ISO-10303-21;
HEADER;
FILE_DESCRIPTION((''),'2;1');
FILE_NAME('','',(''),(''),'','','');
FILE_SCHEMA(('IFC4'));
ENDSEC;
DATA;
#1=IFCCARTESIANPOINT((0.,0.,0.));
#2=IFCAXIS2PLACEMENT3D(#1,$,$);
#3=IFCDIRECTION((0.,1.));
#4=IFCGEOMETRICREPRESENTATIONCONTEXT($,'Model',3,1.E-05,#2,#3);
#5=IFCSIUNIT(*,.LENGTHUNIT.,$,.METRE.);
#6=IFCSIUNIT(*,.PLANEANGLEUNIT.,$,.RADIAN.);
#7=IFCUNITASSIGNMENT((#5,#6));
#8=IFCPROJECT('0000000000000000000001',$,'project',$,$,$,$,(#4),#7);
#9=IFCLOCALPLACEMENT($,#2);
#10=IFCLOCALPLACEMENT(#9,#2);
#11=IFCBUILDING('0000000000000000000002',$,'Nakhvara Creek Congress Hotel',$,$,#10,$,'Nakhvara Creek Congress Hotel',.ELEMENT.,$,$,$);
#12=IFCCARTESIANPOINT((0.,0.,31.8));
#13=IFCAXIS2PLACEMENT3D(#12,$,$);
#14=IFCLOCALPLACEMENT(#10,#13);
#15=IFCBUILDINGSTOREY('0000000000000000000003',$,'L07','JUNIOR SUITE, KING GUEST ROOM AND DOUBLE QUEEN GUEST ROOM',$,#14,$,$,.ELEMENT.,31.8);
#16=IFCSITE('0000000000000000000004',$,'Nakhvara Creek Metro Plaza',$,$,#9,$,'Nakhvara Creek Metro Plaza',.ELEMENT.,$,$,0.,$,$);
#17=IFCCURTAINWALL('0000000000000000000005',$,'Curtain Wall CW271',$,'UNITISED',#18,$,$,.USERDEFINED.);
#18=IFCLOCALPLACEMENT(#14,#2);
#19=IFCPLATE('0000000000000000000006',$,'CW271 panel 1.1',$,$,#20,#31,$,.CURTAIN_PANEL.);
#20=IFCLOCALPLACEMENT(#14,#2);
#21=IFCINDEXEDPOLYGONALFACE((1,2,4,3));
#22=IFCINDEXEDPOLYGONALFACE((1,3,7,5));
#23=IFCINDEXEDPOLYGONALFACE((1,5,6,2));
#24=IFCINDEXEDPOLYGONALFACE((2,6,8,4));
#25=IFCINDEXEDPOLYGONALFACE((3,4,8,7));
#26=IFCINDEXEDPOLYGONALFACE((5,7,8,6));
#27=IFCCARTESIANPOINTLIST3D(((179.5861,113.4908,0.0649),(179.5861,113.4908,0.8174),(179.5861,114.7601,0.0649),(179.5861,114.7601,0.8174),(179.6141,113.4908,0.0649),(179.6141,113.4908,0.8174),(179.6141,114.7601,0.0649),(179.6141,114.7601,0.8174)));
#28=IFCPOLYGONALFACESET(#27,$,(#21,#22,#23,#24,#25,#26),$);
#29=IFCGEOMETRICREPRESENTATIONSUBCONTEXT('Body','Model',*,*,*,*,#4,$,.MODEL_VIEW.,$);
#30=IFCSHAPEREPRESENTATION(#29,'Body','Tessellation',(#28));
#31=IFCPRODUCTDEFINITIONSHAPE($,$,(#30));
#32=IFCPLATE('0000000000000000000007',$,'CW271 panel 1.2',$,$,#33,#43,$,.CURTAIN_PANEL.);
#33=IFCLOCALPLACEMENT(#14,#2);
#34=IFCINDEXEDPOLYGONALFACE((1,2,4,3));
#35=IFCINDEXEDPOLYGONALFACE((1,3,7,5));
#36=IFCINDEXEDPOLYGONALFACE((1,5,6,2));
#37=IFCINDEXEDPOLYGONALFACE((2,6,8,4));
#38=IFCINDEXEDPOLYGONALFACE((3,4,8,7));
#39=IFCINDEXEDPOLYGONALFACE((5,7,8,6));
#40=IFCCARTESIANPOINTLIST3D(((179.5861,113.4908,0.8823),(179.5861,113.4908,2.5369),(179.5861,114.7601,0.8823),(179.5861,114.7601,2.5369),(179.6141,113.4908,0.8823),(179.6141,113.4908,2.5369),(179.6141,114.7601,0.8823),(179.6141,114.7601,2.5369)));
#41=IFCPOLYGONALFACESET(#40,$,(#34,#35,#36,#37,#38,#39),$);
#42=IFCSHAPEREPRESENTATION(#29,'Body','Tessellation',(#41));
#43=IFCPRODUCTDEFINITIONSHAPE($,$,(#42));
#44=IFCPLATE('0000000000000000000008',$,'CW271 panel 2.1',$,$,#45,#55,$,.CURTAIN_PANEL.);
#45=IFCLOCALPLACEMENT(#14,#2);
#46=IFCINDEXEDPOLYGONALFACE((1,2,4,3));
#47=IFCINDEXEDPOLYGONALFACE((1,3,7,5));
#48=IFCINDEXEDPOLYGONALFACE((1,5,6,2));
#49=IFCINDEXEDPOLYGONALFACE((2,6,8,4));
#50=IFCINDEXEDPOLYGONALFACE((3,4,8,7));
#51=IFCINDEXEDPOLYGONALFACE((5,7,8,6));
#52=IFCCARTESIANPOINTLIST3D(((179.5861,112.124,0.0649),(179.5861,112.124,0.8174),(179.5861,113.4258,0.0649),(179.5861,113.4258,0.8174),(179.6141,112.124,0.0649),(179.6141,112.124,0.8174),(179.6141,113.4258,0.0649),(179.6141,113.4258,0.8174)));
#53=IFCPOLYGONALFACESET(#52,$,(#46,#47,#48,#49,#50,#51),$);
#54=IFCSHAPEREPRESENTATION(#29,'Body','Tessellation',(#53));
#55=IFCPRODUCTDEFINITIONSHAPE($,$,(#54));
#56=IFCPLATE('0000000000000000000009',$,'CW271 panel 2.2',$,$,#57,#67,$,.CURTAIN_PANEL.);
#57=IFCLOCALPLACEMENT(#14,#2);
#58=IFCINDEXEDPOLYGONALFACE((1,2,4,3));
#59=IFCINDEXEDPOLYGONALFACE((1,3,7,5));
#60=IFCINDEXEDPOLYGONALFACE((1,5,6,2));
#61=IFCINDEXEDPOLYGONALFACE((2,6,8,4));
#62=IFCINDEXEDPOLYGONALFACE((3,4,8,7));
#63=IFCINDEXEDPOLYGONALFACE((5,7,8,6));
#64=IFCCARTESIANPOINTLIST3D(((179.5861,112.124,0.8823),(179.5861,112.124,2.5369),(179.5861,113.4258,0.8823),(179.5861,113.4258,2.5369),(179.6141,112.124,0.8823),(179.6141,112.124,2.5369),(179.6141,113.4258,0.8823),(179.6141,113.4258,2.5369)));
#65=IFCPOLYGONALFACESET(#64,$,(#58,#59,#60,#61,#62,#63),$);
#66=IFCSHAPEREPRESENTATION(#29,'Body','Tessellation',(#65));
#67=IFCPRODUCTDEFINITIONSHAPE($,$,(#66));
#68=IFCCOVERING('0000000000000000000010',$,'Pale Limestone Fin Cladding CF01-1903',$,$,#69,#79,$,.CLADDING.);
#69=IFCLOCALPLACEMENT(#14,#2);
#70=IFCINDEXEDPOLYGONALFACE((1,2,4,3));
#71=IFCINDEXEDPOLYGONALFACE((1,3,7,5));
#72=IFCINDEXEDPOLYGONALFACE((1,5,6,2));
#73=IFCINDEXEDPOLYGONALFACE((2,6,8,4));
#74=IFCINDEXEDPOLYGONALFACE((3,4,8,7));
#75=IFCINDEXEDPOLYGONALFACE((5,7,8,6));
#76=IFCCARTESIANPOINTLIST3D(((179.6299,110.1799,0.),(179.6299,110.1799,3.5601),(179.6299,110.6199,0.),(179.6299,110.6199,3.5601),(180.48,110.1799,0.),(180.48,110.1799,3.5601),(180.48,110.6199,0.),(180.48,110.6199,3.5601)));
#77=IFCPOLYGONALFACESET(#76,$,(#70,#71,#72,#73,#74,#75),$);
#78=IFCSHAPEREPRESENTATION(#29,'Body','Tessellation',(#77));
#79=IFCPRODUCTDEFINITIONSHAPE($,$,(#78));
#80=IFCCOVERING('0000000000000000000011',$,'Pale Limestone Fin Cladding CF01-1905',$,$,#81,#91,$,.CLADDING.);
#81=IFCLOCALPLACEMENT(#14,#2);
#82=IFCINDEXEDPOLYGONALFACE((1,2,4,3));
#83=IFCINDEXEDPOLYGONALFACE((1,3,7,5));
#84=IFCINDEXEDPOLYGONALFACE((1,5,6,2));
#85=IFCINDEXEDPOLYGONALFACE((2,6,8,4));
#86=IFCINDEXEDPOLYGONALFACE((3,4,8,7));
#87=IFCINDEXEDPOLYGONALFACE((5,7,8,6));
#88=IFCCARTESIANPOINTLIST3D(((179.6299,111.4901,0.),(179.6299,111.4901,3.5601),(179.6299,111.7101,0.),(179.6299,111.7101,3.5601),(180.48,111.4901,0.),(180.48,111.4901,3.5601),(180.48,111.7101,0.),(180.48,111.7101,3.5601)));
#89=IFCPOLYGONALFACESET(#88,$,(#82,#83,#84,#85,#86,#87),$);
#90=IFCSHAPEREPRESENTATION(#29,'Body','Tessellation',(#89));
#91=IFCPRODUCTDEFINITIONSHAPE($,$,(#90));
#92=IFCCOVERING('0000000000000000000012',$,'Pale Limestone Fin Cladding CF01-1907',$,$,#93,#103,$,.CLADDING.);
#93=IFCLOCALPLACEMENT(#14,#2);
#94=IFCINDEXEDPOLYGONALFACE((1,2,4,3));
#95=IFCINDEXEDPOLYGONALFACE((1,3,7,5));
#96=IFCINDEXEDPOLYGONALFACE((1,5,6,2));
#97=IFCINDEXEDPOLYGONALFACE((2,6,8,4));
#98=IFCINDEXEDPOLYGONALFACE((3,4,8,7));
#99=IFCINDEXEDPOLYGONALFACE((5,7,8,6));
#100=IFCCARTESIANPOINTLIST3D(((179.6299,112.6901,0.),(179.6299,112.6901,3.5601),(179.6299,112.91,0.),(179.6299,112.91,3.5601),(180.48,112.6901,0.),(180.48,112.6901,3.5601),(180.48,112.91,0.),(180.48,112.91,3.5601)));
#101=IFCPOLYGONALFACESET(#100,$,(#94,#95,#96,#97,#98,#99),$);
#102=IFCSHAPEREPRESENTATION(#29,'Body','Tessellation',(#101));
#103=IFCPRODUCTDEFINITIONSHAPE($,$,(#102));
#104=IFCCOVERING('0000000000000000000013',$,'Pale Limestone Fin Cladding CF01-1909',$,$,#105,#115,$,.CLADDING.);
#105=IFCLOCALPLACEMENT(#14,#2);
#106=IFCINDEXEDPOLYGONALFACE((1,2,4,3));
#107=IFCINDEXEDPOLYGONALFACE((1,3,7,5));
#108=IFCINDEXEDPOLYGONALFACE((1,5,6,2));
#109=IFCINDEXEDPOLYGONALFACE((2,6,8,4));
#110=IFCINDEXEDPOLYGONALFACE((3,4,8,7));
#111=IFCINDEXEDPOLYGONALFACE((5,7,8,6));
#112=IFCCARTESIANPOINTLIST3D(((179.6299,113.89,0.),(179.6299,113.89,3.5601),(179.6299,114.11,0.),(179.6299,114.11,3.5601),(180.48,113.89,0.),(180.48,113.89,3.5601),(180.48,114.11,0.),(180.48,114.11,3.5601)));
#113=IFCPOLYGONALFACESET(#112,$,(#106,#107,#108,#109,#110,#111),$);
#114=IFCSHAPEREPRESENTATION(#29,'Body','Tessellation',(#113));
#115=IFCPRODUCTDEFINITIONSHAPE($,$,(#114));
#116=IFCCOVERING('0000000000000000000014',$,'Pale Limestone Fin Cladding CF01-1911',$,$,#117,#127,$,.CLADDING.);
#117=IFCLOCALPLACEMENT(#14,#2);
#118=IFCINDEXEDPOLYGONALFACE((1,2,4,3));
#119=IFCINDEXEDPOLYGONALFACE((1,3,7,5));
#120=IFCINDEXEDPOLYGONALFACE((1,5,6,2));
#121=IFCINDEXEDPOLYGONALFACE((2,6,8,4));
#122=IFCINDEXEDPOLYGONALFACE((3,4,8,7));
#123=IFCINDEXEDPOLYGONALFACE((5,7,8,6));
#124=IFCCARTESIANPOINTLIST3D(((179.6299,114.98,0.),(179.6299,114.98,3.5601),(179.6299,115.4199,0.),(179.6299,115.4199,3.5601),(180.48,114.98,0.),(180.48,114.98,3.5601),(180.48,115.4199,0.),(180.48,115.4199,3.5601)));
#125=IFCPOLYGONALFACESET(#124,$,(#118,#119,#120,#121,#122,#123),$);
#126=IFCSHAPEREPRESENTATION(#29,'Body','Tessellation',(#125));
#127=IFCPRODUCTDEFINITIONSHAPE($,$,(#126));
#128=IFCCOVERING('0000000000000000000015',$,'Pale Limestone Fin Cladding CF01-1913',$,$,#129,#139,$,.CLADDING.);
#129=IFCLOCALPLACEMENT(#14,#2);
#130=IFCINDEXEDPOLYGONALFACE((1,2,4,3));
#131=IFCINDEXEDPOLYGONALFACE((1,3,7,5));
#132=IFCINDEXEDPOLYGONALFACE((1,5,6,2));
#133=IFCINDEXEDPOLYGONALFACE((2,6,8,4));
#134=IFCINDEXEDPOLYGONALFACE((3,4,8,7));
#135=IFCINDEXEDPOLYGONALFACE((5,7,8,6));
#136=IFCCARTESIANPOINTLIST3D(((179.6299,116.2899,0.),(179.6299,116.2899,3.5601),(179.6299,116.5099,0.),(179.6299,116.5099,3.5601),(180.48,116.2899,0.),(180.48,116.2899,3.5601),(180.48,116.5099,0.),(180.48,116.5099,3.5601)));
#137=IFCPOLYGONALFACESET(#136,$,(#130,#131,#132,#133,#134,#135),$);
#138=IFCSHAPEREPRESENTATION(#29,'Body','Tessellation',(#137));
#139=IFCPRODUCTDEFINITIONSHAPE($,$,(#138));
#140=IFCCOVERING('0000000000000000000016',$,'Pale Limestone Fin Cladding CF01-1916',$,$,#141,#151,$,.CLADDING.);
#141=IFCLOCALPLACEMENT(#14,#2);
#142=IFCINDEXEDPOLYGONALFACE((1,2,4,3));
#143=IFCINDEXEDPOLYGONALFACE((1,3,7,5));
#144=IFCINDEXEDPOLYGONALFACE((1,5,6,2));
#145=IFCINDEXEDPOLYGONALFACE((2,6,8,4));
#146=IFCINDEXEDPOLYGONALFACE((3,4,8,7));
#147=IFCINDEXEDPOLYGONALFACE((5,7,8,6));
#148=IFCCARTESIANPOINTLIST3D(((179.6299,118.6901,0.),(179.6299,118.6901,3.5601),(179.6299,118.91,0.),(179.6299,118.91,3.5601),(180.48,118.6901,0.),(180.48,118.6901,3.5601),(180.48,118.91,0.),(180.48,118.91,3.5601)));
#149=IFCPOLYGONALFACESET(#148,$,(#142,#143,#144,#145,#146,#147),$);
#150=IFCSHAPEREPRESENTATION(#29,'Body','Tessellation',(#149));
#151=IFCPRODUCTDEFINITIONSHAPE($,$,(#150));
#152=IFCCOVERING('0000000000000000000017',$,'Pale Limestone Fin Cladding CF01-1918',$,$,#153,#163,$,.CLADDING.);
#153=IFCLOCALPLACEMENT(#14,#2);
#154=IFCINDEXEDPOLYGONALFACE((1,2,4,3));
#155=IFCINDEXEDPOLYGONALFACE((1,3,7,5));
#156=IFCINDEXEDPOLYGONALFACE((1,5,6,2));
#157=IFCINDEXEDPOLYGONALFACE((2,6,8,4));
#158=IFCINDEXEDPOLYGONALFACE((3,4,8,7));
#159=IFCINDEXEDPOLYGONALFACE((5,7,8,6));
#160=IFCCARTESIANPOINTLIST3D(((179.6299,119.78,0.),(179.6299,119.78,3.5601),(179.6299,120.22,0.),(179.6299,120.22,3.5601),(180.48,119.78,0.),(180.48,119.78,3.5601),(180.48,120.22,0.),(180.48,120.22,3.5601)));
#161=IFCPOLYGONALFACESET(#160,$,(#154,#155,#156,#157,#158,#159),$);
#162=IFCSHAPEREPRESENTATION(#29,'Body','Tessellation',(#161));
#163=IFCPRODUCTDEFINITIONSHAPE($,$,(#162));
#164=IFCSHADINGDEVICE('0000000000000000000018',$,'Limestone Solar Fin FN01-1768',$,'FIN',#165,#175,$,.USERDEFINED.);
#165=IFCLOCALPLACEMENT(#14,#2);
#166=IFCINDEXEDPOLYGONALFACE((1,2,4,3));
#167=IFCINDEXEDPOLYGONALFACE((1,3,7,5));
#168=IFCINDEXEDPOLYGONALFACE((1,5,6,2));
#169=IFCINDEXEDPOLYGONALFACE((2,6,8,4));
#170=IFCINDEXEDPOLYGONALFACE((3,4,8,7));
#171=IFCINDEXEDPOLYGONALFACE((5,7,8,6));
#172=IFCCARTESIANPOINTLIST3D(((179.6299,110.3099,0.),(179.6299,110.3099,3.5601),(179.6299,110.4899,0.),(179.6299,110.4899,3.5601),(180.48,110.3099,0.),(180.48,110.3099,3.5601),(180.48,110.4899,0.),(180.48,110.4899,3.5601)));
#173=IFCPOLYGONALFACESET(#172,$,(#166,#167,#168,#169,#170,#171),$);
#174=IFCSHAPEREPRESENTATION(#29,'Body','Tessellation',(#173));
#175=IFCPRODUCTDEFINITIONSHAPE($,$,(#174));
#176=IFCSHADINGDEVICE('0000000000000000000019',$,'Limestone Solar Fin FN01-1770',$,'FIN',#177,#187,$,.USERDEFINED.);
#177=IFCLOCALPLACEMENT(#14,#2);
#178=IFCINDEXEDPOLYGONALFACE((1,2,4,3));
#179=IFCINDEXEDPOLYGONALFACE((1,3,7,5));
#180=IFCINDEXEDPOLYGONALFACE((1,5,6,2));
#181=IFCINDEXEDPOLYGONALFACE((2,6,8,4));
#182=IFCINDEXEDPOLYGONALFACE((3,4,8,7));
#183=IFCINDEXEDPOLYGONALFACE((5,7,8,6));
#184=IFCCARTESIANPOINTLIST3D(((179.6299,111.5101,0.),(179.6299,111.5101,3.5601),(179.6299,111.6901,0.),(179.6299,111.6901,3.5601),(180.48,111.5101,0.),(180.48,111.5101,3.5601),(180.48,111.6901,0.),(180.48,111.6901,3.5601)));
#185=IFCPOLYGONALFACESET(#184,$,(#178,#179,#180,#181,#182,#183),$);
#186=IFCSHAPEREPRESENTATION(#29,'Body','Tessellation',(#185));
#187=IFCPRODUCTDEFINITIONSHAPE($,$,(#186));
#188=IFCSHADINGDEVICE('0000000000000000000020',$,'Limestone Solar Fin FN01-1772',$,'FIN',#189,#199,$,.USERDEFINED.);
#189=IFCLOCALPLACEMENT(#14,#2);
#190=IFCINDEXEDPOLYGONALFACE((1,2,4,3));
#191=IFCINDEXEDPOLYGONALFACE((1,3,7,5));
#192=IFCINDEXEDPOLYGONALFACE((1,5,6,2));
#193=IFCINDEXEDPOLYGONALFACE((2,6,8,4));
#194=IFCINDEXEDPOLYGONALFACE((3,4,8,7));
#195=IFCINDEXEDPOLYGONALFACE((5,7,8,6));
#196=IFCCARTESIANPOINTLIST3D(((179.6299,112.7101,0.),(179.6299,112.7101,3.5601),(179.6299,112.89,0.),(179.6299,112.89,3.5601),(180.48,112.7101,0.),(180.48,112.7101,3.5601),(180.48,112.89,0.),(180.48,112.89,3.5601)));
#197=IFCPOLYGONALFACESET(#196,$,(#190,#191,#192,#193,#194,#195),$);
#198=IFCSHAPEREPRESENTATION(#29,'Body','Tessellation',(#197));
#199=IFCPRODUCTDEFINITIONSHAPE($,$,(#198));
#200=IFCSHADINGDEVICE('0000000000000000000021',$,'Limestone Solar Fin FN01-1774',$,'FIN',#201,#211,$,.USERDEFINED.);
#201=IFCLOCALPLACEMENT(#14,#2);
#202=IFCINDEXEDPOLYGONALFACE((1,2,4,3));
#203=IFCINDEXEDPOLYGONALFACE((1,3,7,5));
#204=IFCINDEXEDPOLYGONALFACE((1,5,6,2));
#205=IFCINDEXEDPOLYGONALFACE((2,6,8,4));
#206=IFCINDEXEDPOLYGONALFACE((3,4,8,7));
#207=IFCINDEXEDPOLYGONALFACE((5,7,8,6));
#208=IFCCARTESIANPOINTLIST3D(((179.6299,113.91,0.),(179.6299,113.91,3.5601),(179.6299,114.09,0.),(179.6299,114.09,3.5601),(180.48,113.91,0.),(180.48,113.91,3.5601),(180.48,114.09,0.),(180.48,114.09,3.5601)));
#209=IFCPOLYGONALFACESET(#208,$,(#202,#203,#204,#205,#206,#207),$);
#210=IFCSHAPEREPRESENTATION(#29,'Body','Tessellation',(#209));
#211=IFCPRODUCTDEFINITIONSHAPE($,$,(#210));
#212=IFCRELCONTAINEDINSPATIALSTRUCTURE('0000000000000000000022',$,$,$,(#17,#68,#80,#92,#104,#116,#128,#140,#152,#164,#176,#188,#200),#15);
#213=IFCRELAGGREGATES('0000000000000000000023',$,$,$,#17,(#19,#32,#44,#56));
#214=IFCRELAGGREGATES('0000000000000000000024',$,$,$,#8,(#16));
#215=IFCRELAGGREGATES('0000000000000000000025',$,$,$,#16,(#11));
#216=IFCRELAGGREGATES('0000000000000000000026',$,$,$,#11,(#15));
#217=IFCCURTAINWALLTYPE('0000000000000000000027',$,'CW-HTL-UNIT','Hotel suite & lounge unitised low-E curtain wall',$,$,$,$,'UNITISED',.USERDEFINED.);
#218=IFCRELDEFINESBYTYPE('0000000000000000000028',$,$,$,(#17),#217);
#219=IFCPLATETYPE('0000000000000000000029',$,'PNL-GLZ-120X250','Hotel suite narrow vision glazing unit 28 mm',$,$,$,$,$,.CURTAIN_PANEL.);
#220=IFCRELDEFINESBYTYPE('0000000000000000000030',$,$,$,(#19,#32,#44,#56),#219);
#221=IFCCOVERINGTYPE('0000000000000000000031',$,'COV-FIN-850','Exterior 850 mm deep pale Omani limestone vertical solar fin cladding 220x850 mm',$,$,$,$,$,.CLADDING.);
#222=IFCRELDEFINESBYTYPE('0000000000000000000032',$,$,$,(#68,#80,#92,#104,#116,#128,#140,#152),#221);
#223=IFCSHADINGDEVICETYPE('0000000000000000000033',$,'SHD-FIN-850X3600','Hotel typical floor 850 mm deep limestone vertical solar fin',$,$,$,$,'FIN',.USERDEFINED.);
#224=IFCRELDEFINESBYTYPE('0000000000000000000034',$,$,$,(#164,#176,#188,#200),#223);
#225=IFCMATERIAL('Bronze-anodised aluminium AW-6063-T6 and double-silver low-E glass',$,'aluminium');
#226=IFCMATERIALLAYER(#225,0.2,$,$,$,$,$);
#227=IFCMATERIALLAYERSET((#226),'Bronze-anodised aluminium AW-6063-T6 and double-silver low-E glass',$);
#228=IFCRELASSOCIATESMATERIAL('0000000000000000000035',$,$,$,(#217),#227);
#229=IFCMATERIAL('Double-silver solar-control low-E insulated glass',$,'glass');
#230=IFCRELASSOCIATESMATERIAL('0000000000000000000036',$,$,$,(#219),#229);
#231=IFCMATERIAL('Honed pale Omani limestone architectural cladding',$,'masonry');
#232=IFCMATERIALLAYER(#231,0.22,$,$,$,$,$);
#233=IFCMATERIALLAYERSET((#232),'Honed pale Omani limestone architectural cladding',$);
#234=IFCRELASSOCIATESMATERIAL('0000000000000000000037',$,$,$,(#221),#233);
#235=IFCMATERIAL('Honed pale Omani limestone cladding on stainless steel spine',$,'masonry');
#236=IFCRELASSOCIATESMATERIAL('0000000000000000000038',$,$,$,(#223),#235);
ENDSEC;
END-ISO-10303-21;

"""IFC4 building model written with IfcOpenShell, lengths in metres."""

from ifc_helpers import new_model, si_unit, direction, frame, origin, origin_2d, place, context, subcontext, project, spatial, rectangle, extrude, material, layer, layer_set, type_object, element, aggregate, save


model = new_model("IFC4")

# Units and contexts
model_context = context("Model", 3, precision=1e-05, world=origin(), true_north=direction((0.0, 1.0)))
body_context = subcontext(model_context, "Body", "Model", "MODEL_VIEW")
ifc_project = project(units=[si_unit("LENGTHUNIT", "METRE"), si_unit("PLANEANGLEUNIT", "RADIAN")], contexts=[model_context])

# Site, building, storey
site_placement = place(None, origin())
site = spatial("IfcSite", under=ifc_project, at=site_placement, Name="Nakhvara Creek Metro Plaza", LongName="Nakhvara Creek Metro Plaza", CompositionType="ELEMENT", RefElevation=0.0)
building_placement = place(site_placement, origin())
building = spatial("IfcBuilding", under=site, at=building_placement, Name="Nakhvara Creek Congress Hotel", LongName="Nakhvara Creek Congress Hotel", CompositionType="ELEMENT")
storey_placement = place(building_placement, frame((0.0, 0.0, 31.8)))
storey = spatial("IfcBuildingStorey", under=building, at=storey_placement, Name="L07", Description="JUNIOR SUITE, KING GUEST ROOM AND DOUBLE QUEEN GUEST ROOM", CompositionType="ELEMENT", Elevation=31.8)

# Curtain wall, plates
ifc_material_1 = material(Name="Bronze-anodised aluminium AW-6063-T6 and double-silver low-E glass", Category="aluminium")
ifc_layer_1 = layer(ifc_material_1, 0.2)
ifc_layer_set_1 = layer_set([ifc_layer_1], Name="Bronze-anodised aluminium AW-6063-T6 and double-silver low-E glass")
curtain_wall_type = type_object("IfcCurtainWallType", Name="CW-HTL-UNIT", Description="Hotel suite & lounge unitised low-E curtain wall", ElementType="UNITISED", PredefinedType="USERDEFINED", material=ifc_layer_set_1)
curtain_wall_placement = place(storey_placement, origin())
curtain_wall = element("IfcCurtainWall", 1, at=curtain_wall_placement, inside=storey, type_object=curtain_wall_type, Name="Curtain Wall CW271", ObjectType="UNITISED", PredefinedType="USERDEFINED")
ifc_material_2 = material(Name="Double-silver solar-control low-E insulated glass", Category="glass")
plate_type = type_object("IfcPlateType", Name="PNL-GLZ-120X250", Description="Hotel suite narrow vision glazing unit 28 mm", PredefinedType="CURTAIN_PANEL", material=ifc_material_2)
plate_1_placement = place(storey_placement, frame((179.6001, 114.1255, 0.0649), z_axis=(0.0, 0.0, 1.0), x_axis=(0.0, -1.0, 0.0)))
plate_1 = element("IfcPlate", 2, at=plate_1_placement, type_object=plate_type, Name="CW271 panel 1.1", PredefinedType="CURTAIN_PANEL", context=body_context, shape_type="SweptSolid", body=[
    extrude(rectangle(XDim=1.2693, YDim=0.0281, at=origin_2d()), origin(), (0.0, 0.0, 1.0), 0.7524),
])
plate_2_placement = place(storey_placement, frame((179.6001, 114.1255, 0.8823), z_axis=(0.0, 0.0, 1.0), x_axis=(0.0, -1.0, 0.0)))
plate_2 = element("IfcPlate", 3, at=plate_2_placement, type_object=plate_type, Name="CW271 panel 1.2", PredefinedType="CURTAIN_PANEL", context=body_context, shape_type="SweptSolid", body=[
    extrude(rectangle(XDim=1.2693, YDim=0.0281, at=origin_2d()), origin(), (0.0, 0.0, 1.0), 1.6545),
])
plate_3_placement = place(storey_placement, frame((179.6001, 112.7749, 0.0649), z_axis=(0.0, 0.0, 1.0), x_axis=(0.0, -1.0, 0.0)))
plate_3 = element("IfcPlate", 4, at=plate_3_placement, type_object=plate_type, Name="CW271 panel 2.1", PredefinedType="CURTAIN_PANEL", context=body_context, shape_type="SweptSolid", body=[
    extrude(rectangle(XDim=1.3018, YDim=0.0281, at=origin_2d()), origin(), (0.0, 0.0, 1.0), 0.7524),
])
plate_4_placement = place(storey_placement, frame((179.6001, 112.7749, 0.8823), z_axis=(0.0, 0.0, 1.0), x_axis=(0.0, -1.0, 0.0)))
plate_4 = element("IfcPlate", 5, at=plate_4_placement, type_object=plate_type, Name="CW271 panel 2.2", PredefinedType="CURTAIN_PANEL", context=body_context, shape_type="SweptSolid", body=[
    extrude(rectangle(XDim=1.3018, YDim=0.0281, at=origin_2d()), origin(), (0.0, 0.0, 1.0), 1.6545),
])
aggregate(curtain_wall, [plate_1, plate_2, plate_3, plate_4])

# Coverings
ifc_material_3 = material(Name="Honed pale Omani limestone architectural cladding", Category="masonry")
ifc_layer_2 = layer(ifc_material_3, 0.22)
ifc_layer_set_2 = layer_set([ifc_layer_2], Name="Honed pale Omani limestone architectural cladding")
covering_type = type_object("IfcCoveringType", Name="COV-FIN-850", Description="Exterior 850 mm deep pale Omani limestone vertical solar fin cladding 220x850 mm", PredefinedType="CLADDING", material=ifc_layer_set_2)
covering_1_placement = place(storey_placement, frame((180.0549, 110.3999, 0.0), z_axis=(0.0, 0.0, 1.0), x_axis=(0.0, 1.0, 0.0)))
element("IfcCovering", 6, at=covering_1_placement, inside=storey, type_object=covering_type, Name="Pale Limestone Fin Cladding CF01-1903", PredefinedType="CLADDING", context=body_context, shape_type="SweptSolid", body=[
    extrude(rectangle(XDim=0.4399, YDim=0.8501, at=origin_2d()), origin(), (0.0, 0.0, 1.0), 3.5601),
])
for number, where, z_axis, x_axis, name in (
    (7, (180.0549, 111.6001, 0.0), (0.0, 0.0, 1.0), (0.0, 1.0, 0.0), "Pale Limestone Fin Cladding CF01-1905"),
    (8, (180.0549, 112.8, 0.0), (0.0, 0.0, 1.0), (0.0, 1.0, 0.0), "Pale Limestone Fin Cladding CF01-1907"),
    (9, (180.0549, 114.0, 0.0), (0.0, 0.0, 1.0), (0.0, 1.0, 0.0), "Pale Limestone Fin Cladding CF01-1909"),
):
    element("IfcCovering", number, at=place(storey_placement, frame(where, z_axis=z_axis, x_axis=x_axis)), inside=storey, type_object=covering_type, Name=name, PredefinedType="CLADDING", context=body_context, shape_type="SweptSolid", body=[
        extrude(rectangle(XDim=0.22, YDim=0.8501, at=origin_2d()), origin(), (0.0, 0.0, 1.0), 3.5601),
    ])
covering_2_placement = place(storey_placement, frame((180.0549, 115.2, 0.0), z_axis=(0.0, 0.0, 1.0), x_axis=(0.0, 1.0, 0.0)))
element("IfcCovering", 10, at=covering_2_placement, inside=storey, type_object=covering_type, Name="Pale Limestone Fin Cladding CF01-1911", PredefinedType="CLADDING", context=body_context, shape_type="SweptSolid", body=[
    extrude(rectangle(XDim=0.4399, YDim=0.8501, at=origin_2d()), origin(), (0.0, 0.0, 1.0), 3.5601),
])
for number, where, z_axis, x_axis, name in (
    (11, (180.0549, 116.3999, 0.0), (0.0, 0.0, 1.0), (0.0, 1.0, 0.0), "Pale Limestone Fin Cladding CF01-1913"),
    (12, (180.0549, 118.8, 0.0), (0.0, 0.0, 1.0), (0.0, 1.0, 0.0), "Pale Limestone Fin Cladding CF01-1916"),
):
    element("IfcCovering", number, at=place(storey_placement, frame(where, z_axis=z_axis, x_axis=x_axis)), inside=storey, type_object=covering_type, Name=name, PredefinedType="CLADDING", context=body_context, shape_type="SweptSolid", body=[
        extrude(rectangle(XDim=0.22, YDim=0.8501, at=origin_2d()), origin(), (0.0, 0.0, 1.0), 3.5601),
    ])
covering_3_placement = place(storey_placement, frame((180.0549, 120.0, 0.0), z_axis=(0.0, 0.0, 1.0), x_axis=(0.0, 1.0, 0.0)))
element("IfcCovering", 13, at=covering_3_placement, inside=storey, type_object=covering_type, Name="Pale Limestone Fin Cladding CF01-1918", PredefinedType="CLADDING", context=body_context, shape_type="SweptSolid", body=[
    extrude(rectangle(XDim=0.4399, YDim=0.8501, at=origin_2d()), origin(), (0.0, 0.0, 1.0), 3.5601),
])

# Shading devices
ifc_material_4 = material(Name="Honed pale Omani limestone cladding on stainless steel spine", Category="masonry")
shading_device_type = type_object("IfcShadingDeviceType", Name="SHD-FIN-850X3600", Description="Hotel typical floor 850 mm deep limestone vertical solar fin", ElementType="FIN", PredefinedType="USERDEFINED", material=ifc_material_4)
for number, where, z_axis, x_axis, name in (
    (14, (180.0549, 110.3999, 0.0), (0.0, 0.0, 1.0), (0.0, 1.0, 0.0), "Limestone Solar Fin FN01-1768"),
    (15, (180.0549, 111.6001, 0.0), (0.0, 0.0, 1.0), (0.0, 1.0, 0.0), "Limestone Solar Fin FN01-1770"),
    (16, (180.0549, 112.8, 0.0), (0.0, 0.0, 1.0), (0.0, 1.0, 0.0), "Limestone Solar Fin FN01-1772"),
    (17, (180.0549, 114.0, 0.0), (0.0, 0.0, 1.0), (0.0, 1.0, 0.0), "Limestone Solar Fin FN01-1774"),
):
    element("IfcShadingDevice", number, at=place(storey_placement, frame(where, z_axis=z_axis, x_axis=x_axis)), inside=storey, type_object=shading_device_type, Name=name, ObjectType="FIN", PredefinedType="USERDEFINED", context=body_context, shape_type="SweptSolid", body=[
        extrude(rectangle(XDim=0.1799, YDim=0.8501, at=origin_2d()), origin(), (0.0, 0.0, 1.0), 3.5601),
    ])

save(model, "model.ifc")
